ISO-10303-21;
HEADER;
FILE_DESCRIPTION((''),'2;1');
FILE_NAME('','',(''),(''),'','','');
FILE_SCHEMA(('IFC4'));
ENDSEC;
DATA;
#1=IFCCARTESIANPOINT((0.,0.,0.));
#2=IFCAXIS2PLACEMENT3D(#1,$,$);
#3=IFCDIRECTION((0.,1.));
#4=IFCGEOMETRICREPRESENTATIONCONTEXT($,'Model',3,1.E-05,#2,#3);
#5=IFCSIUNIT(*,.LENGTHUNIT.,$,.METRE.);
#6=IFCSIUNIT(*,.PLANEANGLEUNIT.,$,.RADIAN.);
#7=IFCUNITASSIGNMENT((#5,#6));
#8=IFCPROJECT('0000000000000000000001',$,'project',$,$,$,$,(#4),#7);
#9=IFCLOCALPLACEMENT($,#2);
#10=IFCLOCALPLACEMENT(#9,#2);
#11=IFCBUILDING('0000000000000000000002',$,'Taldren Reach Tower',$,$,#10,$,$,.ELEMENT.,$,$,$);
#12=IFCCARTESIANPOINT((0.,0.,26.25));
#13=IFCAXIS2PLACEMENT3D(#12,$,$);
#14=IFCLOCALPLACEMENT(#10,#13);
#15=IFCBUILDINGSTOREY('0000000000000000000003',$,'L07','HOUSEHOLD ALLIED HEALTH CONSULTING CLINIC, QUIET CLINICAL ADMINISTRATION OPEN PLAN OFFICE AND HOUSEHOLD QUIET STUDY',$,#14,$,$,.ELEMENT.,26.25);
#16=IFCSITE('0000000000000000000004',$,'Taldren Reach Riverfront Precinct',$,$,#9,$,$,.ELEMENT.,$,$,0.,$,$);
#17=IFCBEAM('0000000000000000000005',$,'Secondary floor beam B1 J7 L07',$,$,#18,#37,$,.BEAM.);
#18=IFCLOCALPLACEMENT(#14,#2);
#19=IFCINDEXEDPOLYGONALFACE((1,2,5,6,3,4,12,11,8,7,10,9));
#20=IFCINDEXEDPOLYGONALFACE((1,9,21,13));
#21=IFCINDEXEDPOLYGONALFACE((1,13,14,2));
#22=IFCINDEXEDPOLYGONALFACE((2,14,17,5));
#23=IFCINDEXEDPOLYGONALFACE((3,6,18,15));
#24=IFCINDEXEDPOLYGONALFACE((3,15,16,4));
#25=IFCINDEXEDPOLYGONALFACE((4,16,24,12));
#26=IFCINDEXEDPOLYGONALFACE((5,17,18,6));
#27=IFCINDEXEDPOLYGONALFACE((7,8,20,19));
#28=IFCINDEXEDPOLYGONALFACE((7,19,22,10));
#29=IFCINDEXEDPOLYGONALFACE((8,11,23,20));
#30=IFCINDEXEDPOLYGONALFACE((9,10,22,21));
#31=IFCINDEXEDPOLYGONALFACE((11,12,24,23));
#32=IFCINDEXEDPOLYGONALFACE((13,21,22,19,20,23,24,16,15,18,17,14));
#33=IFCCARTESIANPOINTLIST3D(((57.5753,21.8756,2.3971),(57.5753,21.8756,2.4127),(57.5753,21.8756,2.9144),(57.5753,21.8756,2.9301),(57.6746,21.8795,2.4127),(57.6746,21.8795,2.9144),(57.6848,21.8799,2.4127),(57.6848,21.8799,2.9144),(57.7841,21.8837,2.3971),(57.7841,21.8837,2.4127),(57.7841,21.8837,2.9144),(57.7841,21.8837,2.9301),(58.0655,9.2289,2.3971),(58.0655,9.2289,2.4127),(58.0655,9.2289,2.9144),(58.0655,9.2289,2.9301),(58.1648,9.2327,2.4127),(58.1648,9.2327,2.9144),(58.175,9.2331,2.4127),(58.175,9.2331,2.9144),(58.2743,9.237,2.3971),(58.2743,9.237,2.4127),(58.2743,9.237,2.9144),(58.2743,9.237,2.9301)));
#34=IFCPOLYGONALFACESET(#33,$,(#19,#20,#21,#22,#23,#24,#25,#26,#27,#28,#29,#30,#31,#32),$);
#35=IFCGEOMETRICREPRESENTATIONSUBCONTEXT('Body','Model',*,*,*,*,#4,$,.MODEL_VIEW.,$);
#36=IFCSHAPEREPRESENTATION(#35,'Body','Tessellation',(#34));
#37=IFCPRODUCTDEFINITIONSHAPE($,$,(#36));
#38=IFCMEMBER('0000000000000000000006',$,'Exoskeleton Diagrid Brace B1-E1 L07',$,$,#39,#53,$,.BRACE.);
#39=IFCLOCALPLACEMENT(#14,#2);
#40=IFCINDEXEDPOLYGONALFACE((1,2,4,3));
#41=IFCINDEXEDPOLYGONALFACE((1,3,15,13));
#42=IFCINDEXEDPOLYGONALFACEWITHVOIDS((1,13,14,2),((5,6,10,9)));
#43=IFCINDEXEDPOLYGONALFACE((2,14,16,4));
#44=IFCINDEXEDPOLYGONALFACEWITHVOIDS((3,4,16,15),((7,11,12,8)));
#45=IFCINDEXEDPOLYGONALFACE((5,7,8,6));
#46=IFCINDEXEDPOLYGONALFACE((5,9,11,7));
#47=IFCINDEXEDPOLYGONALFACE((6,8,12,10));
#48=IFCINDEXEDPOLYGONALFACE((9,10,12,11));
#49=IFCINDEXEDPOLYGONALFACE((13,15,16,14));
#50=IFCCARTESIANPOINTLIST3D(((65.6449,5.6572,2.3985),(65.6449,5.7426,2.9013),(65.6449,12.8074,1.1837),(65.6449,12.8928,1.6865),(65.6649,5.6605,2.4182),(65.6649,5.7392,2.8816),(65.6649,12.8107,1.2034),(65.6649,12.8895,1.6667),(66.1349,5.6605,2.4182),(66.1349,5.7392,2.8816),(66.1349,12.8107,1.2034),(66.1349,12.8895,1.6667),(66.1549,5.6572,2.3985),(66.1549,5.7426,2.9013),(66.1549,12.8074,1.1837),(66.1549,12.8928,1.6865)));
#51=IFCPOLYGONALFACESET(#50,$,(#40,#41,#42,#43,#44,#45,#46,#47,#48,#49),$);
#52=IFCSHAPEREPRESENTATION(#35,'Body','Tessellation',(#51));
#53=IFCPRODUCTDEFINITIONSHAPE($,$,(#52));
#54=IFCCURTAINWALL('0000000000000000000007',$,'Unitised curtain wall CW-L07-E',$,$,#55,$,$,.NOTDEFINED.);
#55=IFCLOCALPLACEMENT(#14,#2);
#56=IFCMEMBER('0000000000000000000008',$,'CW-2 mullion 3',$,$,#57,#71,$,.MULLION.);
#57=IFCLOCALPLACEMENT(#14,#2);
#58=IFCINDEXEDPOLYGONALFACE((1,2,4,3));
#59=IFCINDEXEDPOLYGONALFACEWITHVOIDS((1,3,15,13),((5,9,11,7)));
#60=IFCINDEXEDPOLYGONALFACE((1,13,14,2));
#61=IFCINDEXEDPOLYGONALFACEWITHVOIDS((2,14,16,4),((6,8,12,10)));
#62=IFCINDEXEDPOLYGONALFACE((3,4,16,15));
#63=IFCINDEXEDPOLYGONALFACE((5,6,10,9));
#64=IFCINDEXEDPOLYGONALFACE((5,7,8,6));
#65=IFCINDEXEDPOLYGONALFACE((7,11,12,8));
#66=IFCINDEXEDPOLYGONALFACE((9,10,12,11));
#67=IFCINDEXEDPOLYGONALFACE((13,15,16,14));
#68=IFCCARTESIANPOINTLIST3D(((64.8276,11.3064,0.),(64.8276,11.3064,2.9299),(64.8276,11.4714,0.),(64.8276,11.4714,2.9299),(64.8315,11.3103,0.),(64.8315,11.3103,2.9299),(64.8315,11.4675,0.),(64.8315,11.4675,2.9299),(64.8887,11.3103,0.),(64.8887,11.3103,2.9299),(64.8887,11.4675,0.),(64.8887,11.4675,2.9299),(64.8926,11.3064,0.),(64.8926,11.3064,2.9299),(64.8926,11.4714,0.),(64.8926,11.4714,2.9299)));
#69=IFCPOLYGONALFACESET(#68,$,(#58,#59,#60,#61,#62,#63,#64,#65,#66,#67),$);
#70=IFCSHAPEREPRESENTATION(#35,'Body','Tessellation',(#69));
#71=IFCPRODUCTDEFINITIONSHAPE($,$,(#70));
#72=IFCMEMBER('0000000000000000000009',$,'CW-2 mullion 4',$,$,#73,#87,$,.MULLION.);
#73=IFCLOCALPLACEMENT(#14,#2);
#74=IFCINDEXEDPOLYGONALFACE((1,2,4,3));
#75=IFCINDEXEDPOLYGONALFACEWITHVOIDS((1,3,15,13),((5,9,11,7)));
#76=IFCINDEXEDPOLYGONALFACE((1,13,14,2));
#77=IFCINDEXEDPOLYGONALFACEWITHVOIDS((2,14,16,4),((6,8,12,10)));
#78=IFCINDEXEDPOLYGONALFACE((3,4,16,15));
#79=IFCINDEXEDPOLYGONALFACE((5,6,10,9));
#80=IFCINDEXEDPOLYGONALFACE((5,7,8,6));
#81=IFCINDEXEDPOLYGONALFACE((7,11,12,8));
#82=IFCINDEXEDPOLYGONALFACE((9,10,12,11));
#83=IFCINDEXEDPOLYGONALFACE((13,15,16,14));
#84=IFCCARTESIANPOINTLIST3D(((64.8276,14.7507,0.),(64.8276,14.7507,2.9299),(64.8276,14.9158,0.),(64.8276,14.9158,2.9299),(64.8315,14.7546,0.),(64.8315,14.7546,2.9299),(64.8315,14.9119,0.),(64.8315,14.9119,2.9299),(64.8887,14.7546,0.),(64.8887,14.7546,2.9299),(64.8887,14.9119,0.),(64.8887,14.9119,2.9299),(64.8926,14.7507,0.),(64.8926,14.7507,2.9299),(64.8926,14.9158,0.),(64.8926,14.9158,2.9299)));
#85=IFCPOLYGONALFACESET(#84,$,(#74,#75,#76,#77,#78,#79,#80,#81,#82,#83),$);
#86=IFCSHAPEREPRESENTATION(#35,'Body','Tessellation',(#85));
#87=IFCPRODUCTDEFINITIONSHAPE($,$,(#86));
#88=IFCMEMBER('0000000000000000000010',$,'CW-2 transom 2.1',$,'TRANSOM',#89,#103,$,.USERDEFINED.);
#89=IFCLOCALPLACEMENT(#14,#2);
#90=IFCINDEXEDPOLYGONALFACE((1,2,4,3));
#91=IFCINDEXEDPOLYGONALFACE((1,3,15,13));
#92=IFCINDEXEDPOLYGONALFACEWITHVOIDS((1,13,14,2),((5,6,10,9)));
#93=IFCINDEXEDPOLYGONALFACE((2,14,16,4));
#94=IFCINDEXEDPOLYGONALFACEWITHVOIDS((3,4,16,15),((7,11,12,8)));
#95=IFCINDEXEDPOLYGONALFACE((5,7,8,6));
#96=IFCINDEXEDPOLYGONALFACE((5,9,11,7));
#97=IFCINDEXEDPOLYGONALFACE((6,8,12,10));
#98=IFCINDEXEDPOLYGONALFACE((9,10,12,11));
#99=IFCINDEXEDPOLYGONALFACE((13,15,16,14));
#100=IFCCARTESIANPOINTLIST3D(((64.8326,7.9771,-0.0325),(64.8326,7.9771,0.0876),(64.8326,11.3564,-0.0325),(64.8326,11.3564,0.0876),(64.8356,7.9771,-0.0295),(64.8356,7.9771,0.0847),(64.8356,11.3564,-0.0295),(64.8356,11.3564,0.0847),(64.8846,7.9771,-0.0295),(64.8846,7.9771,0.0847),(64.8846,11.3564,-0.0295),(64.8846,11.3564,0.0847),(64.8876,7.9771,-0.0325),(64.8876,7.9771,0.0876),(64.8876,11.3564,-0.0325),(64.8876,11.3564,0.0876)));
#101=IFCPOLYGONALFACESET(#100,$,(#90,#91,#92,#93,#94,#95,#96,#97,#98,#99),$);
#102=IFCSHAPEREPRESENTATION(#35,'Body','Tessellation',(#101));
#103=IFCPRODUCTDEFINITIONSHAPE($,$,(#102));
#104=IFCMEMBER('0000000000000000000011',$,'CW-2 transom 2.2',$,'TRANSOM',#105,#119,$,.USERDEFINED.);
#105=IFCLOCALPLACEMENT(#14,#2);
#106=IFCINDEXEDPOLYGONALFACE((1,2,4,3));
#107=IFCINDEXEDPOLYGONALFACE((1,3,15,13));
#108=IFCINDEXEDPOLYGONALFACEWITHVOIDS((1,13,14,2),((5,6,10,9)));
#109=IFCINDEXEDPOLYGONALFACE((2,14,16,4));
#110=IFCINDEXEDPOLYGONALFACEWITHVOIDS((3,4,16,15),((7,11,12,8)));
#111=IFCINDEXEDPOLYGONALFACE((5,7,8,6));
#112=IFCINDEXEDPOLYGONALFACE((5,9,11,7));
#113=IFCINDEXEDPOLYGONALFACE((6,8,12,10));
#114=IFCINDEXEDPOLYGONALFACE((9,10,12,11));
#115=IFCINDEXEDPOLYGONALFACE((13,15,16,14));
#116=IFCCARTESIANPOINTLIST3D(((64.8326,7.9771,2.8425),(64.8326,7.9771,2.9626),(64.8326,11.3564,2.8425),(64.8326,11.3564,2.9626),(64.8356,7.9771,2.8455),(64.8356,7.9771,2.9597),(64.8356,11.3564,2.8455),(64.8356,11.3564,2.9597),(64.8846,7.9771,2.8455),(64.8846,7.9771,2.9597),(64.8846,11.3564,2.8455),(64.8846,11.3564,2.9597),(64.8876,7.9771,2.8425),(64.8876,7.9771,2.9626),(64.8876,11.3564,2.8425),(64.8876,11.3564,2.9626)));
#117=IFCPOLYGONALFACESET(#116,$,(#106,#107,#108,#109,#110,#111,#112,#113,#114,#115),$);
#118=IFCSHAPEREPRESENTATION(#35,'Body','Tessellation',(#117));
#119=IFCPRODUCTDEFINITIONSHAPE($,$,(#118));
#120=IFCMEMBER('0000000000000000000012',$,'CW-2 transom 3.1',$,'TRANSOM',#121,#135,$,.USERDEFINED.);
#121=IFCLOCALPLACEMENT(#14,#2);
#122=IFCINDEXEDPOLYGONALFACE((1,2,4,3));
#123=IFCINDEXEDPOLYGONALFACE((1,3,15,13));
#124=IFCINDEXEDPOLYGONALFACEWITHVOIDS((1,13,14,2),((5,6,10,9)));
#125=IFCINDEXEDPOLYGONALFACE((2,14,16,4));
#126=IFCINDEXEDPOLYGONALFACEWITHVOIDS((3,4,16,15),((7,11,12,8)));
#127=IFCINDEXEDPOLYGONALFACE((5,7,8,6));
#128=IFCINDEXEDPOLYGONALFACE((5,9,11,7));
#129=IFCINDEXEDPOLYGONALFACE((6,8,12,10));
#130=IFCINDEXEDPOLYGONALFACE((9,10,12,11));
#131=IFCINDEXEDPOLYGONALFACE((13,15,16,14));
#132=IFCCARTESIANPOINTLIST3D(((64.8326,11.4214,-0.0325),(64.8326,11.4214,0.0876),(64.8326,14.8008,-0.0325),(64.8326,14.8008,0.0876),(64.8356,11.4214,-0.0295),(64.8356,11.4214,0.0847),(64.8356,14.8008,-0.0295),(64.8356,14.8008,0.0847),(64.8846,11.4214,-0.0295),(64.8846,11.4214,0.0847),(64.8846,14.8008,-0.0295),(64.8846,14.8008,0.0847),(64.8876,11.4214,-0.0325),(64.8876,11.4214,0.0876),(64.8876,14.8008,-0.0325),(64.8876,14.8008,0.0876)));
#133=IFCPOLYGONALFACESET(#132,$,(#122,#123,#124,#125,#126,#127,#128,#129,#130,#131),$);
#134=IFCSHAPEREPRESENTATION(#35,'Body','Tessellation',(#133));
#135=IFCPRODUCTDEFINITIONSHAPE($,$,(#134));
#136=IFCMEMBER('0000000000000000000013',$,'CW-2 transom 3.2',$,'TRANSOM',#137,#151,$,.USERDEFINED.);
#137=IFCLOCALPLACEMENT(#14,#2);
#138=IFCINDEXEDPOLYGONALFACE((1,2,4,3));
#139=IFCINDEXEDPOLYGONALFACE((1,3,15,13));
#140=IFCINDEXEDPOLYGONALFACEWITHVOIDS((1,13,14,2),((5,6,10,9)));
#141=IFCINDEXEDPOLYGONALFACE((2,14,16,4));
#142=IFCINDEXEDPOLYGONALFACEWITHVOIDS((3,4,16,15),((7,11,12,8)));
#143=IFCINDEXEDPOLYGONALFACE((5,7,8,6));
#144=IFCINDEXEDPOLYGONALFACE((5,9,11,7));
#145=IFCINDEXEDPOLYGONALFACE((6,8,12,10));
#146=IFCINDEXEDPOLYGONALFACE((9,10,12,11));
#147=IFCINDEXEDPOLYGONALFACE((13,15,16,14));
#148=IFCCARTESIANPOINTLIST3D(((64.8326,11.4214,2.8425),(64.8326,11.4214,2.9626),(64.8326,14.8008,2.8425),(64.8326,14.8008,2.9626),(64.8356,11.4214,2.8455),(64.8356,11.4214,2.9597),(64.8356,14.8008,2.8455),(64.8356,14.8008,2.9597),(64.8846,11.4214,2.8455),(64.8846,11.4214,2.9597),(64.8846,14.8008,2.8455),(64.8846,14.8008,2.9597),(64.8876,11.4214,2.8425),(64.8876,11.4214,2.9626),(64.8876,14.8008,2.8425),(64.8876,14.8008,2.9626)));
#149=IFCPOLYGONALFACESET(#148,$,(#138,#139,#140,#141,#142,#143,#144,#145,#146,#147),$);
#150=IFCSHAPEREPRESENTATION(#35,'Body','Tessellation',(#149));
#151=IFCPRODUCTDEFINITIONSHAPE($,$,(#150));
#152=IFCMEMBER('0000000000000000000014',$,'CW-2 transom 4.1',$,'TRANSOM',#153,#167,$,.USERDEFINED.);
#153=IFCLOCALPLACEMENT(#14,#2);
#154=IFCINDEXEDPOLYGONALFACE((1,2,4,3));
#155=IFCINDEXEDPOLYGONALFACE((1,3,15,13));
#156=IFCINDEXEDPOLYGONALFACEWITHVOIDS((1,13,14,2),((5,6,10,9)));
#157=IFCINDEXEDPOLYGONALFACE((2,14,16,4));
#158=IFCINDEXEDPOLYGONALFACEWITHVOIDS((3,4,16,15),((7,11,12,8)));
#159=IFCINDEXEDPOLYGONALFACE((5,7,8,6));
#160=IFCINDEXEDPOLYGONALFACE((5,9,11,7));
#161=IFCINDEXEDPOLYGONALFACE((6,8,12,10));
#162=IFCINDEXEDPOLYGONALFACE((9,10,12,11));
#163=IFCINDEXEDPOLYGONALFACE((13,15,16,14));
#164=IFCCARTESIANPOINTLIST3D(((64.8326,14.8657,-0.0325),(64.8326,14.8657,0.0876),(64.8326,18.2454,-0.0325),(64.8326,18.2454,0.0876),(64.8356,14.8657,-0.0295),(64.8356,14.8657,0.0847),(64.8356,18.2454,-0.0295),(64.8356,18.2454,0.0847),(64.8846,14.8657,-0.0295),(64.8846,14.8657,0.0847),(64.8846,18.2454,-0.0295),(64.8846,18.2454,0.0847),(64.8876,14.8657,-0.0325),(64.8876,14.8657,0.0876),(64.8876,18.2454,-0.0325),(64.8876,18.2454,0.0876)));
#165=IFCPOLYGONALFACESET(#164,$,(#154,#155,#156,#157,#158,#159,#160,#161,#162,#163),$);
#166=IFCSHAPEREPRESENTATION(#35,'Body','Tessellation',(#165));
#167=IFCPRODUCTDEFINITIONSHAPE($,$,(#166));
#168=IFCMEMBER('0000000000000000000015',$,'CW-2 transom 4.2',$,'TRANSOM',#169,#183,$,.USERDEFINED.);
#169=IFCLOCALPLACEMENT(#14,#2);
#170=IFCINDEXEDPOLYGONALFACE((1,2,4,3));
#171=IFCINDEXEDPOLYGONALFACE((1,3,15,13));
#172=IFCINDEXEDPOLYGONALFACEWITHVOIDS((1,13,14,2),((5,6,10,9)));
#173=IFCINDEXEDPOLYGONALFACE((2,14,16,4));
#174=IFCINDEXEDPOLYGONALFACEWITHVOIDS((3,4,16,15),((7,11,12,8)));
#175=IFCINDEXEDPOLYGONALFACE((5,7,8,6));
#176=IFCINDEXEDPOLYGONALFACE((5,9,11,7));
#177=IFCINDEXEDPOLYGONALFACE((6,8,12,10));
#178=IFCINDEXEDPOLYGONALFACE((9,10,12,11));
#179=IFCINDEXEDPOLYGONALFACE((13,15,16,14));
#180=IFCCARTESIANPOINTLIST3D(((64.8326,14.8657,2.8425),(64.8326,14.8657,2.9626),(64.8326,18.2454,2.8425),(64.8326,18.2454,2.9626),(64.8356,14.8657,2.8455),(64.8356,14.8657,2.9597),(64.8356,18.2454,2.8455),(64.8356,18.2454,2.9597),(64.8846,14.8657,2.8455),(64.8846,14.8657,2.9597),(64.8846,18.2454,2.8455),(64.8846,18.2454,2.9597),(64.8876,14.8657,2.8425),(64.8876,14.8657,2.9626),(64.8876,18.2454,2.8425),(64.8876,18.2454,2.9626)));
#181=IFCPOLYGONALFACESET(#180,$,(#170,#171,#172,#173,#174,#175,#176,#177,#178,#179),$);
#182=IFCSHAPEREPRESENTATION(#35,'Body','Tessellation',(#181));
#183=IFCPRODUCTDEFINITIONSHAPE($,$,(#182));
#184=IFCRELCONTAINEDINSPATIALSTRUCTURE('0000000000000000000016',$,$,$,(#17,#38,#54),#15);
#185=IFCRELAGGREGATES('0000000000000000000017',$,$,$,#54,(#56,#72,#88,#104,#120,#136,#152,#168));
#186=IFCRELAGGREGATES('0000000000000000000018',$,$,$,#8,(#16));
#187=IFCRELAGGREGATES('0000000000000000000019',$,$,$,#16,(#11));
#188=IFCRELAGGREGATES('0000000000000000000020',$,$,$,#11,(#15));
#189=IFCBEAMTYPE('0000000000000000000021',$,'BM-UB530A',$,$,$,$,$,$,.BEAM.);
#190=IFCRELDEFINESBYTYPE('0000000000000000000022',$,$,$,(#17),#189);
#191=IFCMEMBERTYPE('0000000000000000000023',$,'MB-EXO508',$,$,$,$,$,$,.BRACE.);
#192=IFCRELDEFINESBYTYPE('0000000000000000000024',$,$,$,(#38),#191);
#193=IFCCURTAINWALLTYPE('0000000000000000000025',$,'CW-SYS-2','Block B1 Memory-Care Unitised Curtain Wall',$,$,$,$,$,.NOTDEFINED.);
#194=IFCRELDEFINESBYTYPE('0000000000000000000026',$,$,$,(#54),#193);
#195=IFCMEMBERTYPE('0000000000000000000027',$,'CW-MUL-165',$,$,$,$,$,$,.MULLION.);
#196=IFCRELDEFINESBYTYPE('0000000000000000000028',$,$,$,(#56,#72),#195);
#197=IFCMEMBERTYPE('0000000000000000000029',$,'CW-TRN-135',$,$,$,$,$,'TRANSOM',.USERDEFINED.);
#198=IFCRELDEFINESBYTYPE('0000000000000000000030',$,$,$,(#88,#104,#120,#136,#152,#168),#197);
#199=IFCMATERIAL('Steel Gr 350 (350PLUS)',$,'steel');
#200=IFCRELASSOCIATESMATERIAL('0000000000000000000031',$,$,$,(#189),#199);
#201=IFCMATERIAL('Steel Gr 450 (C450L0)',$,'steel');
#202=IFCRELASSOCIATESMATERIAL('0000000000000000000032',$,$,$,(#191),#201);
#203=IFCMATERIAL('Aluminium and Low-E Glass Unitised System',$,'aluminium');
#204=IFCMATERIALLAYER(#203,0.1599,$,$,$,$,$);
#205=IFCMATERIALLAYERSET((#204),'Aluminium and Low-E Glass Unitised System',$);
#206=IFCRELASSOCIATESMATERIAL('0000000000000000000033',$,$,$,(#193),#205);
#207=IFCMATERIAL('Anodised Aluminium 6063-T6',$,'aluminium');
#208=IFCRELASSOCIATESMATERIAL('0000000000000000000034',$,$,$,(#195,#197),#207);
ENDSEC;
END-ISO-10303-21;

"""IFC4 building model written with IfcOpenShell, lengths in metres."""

from ifc_helpers import new_model, si_unit, direction, frame, origin, origin_2d, place, context, subcontext, project, spatial, hollow_rectangle, i_section, extrude, source, transform, mapped, material, layer, layer_set, material_profile, profile_set, type_object, element, aggregate, save


model = new_model("IFC4")

# Units and contexts
model_context = context("Model", 3, precision=1e-05, world=origin(), true_north=direction((0.0, 1.0)))
body_context = subcontext(model_context, "Body", "Model", "MODEL_VIEW")
ifc_project = project(units=[si_unit("LENGTHUNIT", "METRE"), si_unit("PLANEANGLEUNIT", "RADIAN")], contexts=[model_context])

# Site, building, storey
site_placement = place(None, origin())
site = spatial("IfcSite", under=ifc_project, at=site_placement, Name="Taldren Reach Riverfront Precinct", CompositionType="ELEMENT", RefElevation=0.0)
building_placement = place(site_placement, origin())
building = spatial("IfcBuilding", under=site, at=building_placement, Name="Taldren Reach Tower", CompositionType="ELEMENT")
storey_placement = place(building_placement, frame((0.0, 0.0, 26.25)))
storey = spatial("IfcBuildingStorey", under=building, at=storey_placement, Name="L07", Description="HOUSEHOLD ALLIED HEALTH CONSULTING CLINIC, QUIET CLINICAL ADMINISTRATION OPEN PLAN OFFICE AND HOUSEHOLD QUIET STUDY", CompositionType="ELEMENT", Elevation=26.25)

# Beam
ifc_material_1 = material(Name="Steel Gr 350 (350PLUS)", Category="steel")
ifc_material_profile_1 = material_profile(ifc_material_1, i_section(OverallWidth=0.209, OverallDepth=0.533, WebThickness=0.0103, FlangeThickness=0.0156, at=origin_2d()), Name="530UB92.4")
ifc_profile_set_1 = profile_set([ifc_material_profile_1], Name="Steel Gr 350 (350PLUS)")
beam_type = type_object("IfcBeamType", Name="BM-UB530A", PredefinedType="BEAM", material=ifc_profile_set_1)
shared_shape_1 = source(origin(), body_context, "Body", "SweptSolid", [
    extrude(i_section(OverallWidth=0.209, OverallDepth=0.533, WebThickness=0.0103, FlangeThickness=0.0156, at=origin_2d()), origin(), (0.0, 0.0, 1.0), 12.6562),
])
beam_placement = place(storey_placement, frame((58.1699, 9.2329, 2.6636), z_axis=(-0.038735, 0.99925, 0.0), x_axis=(-0.99925, -0.038735, 0.0)))
element("IfcBeam", 1, at=beam_placement, inside=storey, type_object=beam_type, Name="Secondary floor beam B1 J7 L07", PredefinedType="BEAM", context=body_context, shape_type="MappedRepresentation", body=[
    mapped(shared_shape_1, transform((0.0, 0.0, 0.0), scale=1.0)),
])

# Member
ifc_material_2 = material(Name="Steel Gr 450 (C450L0)", Category="steel")
ifc_material_profile_2 = material_profile(ifc_material_2, hollow_rectangle(XDim=0.51, YDim=0.51, WallThickness=0.02, at=origin_2d()), Name="510x510x20.0SHS")
ifc_profile_set_2 = profile_set([ifc_material_profile_2], Name="Steel Gr 450 (C450L0)")
member_type_1 = type_object("IfcMemberType", Name="MB-EXO508", PredefinedType="BRACE", material=ifc_profile_set_2)
shared_shape_2 = source(origin(), body_context, "Body", "SweptSolid", [
    extrude(hollow_rectangle(XDim=0.51, YDim=0.51, WallThickness=0.02, at=origin_2d()), origin(), (0.0, 0.0, 1.0), 7.2527),
])
member_1_placement = place(storey_placement, frame((65.8999, 12.8501, 1.4351), z_axis=(0.0, -0.985871, 0.167504), x_axis=(1.0, 0.0, 0.0)))
element("IfcMember", 2, at=member_1_placement, inside=storey, type_object=member_type_1, Name="Exoskeleton Diagrid Brace B1-E1 L07", PredefinedType="BRACE", context=body_context, shape_type="MappedRepresentation", body=[
    mapped(shared_shape_2, transform((0.0, 0.0, 0.0), scale=1.0)),
])

# Curtain wall, members
ifc_material_3 = material(Name="Aluminium and Low-E Glass Unitised System", Category="aluminium")
ifc_layer_1 = layer(ifc_material_3, 0.1599)
ifc_layer_set_1 = layer_set([ifc_layer_1], Name="Aluminium and Low-E Glass Unitised System")
curtain_wall_type = type_object("IfcCurtainWallType", Name="CW-SYS-2", Description="Block B1 Memory-Care Unitised Curtain Wall", PredefinedType="NOTDEFINED", material=ifc_layer_set_1)
curtain_wall_placement = place(storey_placement, origin())
curtain_wall = element("IfcCurtainWall", 3, at=curtain_wall_placement, inside=storey, type_object=curtain_wall_type, Name="Unitised curtain wall CW-L07-E", PredefinedType="NOTDEFINED")
ifc_material_4 = material(Name="Anodised Aluminium 6063-T6", Category="aluminium")
ifc_material_profile_3 = material_profile(ifc_material_4, hollow_rectangle(XDim=0.0649, YDim=0.165, WallThickness=0.0039, at=origin_2d()), Name="ALU-165x65x4RHS")
ifc_profile_set_3 = profile_set([ifc_material_profile_3], Name="Anodised Aluminium 6063-T6")
member_type_2 = type_object("IfcMemberType", Name="CW-MUL-165", PredefinedType="MULLION", material=ifc_profile_set_3)
shared_shape_3 = source(origin(), body_context, "Body", "SweptSolid", [
    extrude(hollow_rectangle(XDim=0.0649, YDim=0.165, WallThickness=0.0039, at=origin_2d()), origin(), (0.0, 0.0, 1.0), 2.9299),
])
member_2_placement = place(storey_placement, frame((64.8601, 11.3889, 0.0), z_axis=(0.0, 0.0, 1.0), x_axis=(-1.0, 0.0, 0.0)))
member_2 = element("IfcMember", 4, at=member_2_placement, type_object=member_type_2, Name="CW-2 mullion 3", PredefinedType="MULLION", context=body_context, shape_type="MappedRepresentation", body=[
    mapped(shared_shape_3, transform((0.0, 0.0, 0.0), scale=1.0)),
])
member_3_placement = place(storey_placement, frame((64.8601, 14.8333, 0.0), z_axis=(0.0, 0.0, 1.0), x_axis=(-1.0, 0.0, 0.0)))
member_3 = element("IfcMember", 5, at=member_3_placement, type_object=member_type_2, Name="CW-2 mullion 4", PredefinedType="MULLION", context=body_context, shape_type="MappedRepresentation", body=[
    mapped(shared_shape_3, transform((0.0, 0.0, 0.0), scale=1.0)),
])
ifc_material_profile_4 = material_profile(ifc_material_4, hollow_rectangle(XDim=0.0549, YDim=0.1201, WallThickness=0.0029, at=origin_2d()), Name="ALU-120x55x3RHS")
ifc_profile_set_4 = profile_set([ifc_material_profile_4], Name="Anodised Aluminium 6063-T6")
member_type_3 = type_object("IfcMemberType", Name="CW-TRN-135", ElementType="TRANSOM", PredefinedType="USERDEFINED", material=ifc_profile_set_4)
shared_shape_4 = source(origin(), body_context, "Body", "SweptSolid", [
    extrude(hollow_rectangle(XDim=0.0549, YDim=0.1201, WallThickness=0.0029, at=origin_2d()), origin(), (0.0, 0.0, 1.0), 3.3794),
])
member_4_placement = place(storey_placement, frame((64.8601, 7.9771, 0.0276), z_axis=(0.0, 1.0, 0.0), x_axis=(-1.0, 0.0, 0.0)))
member_4 = element("IfcMember", 6, at=member_4_placement, type_object=member_type_3, Name="CW-2 transom 2.1", ObjectType="TRANSOM", PredefinedType="USERDEFINED", context=body_context, shape_type="MappedRepresentation", body=[
    mapped(shared_shape_4, transform((0.0, 0.0, 0.0), scale=1.0)),
])
member_5_placement = place(storey_placement, frame((64.8601, 7.9771, 2.9026), z_axis=(0.0, 1.0, 0.0), x_axis=(-1.0, 0.0, 0.0)))
member_5 = element("IfcMember", 7, at=member_5_placement, type_object=member_type_3, Name="CW-2 transom 2.2", ObjectType="TRANSOM", PredefinedType="USERDEFINED", context=body_context, shape_type="MappedRepresentation", body=[
    mapped(shared_shape_4, transform((0.0, 0.0, 0.0), scale=1.0)),
])
member_6_placement = place(storey_placement, frame((64.8601, 11.4214, 0.0276), z_axis=(0.0, 1.0, 0.0), x_axis=(-1.0, 0.0, 0.0)))
member_6 = element("IfcMember", 8, at=member_6_placement, type_object=member_type_3, Name="CW-2 transom 3.1", ObjectType="TRANSOM", PredefinedType="USERDEFINED", context=body_context, shape_type="MappedRepresentation", body=[
    mapped(shared_shape_4, transform((0.0, 0.0, 0.0), scale=1.0)),
])
member_7_placement = place(storey_placement, frame((64.8601, 11.4214, 2.9026), z_axis=(0.0, 1.0, 0.0), x_axis=(-1.0, 0.0, 0.0)))
member_7 = element("IfcMember", 9, at=member_7_placement, type_object=member_type_3, Name="CW-2 transom 3.2", ObjectType="TRANSOM", PredefinedType="USERDEFINED", context=body_context, shape_type="MappedRepresentation", body=[
    mapped(shared_shape_4, transform((0.0, 0.0, 0.0), scale=1.0)),
])
shared_shape_5 = source(origin(), body_context, "Body", "SweptSolid", [
    extrude(hollow_rectangle(XDim=0.0549, YDim=0.1201, WallThickness=0.0029, at=origin_2d()), origin(), (0.0, 0.0, 1.0), 3.3796),
])
member_8_placement = place(storey_placement, frame((64.8601, 14.8657, 0.0276), z_axis=(0.0, 1.0, 0.0), x_axis=(-1.0, 0.0, 0.0)))
member_8 = element("IfcMember", 10, at=member_8_placement, type_object=member_type_3, Name="CW-2 transom 4.1", ObjectType="TRANSOM", PredefinedType="USERDEFINED", context=body_context, shape_type="MappedRepresentation", body=[
    mapped(shared_shape_5, transform((0.0, 0.0, 0.0), scale=1.0)),
])
member_9_placement = place(storey_placement, frame((64.8601, 14.8657, 2.9026), z_axis=(0.0, 1.0, 0.0), x_axis=(-1.0, 0.0, 0.0)))
member_9 = element("IfcMember", 11, at=member_9_placement, type_object=member_type_3, Name="CW-2 transom 4.2", ObjectType="TRANSOM", PredefinedType="USERDEFINED", context=body_context, shape_type="MappedRepresentation", body=[
    mapped(shared_shape_5, transform((0.0, 0.0, 0.0), scale=1.0)),
])
aggregate(curtain_wall, [member_2, member_3, member_4, member_5, member_6, member_7, member_8, member_9])

save(model, "model.ifc")
